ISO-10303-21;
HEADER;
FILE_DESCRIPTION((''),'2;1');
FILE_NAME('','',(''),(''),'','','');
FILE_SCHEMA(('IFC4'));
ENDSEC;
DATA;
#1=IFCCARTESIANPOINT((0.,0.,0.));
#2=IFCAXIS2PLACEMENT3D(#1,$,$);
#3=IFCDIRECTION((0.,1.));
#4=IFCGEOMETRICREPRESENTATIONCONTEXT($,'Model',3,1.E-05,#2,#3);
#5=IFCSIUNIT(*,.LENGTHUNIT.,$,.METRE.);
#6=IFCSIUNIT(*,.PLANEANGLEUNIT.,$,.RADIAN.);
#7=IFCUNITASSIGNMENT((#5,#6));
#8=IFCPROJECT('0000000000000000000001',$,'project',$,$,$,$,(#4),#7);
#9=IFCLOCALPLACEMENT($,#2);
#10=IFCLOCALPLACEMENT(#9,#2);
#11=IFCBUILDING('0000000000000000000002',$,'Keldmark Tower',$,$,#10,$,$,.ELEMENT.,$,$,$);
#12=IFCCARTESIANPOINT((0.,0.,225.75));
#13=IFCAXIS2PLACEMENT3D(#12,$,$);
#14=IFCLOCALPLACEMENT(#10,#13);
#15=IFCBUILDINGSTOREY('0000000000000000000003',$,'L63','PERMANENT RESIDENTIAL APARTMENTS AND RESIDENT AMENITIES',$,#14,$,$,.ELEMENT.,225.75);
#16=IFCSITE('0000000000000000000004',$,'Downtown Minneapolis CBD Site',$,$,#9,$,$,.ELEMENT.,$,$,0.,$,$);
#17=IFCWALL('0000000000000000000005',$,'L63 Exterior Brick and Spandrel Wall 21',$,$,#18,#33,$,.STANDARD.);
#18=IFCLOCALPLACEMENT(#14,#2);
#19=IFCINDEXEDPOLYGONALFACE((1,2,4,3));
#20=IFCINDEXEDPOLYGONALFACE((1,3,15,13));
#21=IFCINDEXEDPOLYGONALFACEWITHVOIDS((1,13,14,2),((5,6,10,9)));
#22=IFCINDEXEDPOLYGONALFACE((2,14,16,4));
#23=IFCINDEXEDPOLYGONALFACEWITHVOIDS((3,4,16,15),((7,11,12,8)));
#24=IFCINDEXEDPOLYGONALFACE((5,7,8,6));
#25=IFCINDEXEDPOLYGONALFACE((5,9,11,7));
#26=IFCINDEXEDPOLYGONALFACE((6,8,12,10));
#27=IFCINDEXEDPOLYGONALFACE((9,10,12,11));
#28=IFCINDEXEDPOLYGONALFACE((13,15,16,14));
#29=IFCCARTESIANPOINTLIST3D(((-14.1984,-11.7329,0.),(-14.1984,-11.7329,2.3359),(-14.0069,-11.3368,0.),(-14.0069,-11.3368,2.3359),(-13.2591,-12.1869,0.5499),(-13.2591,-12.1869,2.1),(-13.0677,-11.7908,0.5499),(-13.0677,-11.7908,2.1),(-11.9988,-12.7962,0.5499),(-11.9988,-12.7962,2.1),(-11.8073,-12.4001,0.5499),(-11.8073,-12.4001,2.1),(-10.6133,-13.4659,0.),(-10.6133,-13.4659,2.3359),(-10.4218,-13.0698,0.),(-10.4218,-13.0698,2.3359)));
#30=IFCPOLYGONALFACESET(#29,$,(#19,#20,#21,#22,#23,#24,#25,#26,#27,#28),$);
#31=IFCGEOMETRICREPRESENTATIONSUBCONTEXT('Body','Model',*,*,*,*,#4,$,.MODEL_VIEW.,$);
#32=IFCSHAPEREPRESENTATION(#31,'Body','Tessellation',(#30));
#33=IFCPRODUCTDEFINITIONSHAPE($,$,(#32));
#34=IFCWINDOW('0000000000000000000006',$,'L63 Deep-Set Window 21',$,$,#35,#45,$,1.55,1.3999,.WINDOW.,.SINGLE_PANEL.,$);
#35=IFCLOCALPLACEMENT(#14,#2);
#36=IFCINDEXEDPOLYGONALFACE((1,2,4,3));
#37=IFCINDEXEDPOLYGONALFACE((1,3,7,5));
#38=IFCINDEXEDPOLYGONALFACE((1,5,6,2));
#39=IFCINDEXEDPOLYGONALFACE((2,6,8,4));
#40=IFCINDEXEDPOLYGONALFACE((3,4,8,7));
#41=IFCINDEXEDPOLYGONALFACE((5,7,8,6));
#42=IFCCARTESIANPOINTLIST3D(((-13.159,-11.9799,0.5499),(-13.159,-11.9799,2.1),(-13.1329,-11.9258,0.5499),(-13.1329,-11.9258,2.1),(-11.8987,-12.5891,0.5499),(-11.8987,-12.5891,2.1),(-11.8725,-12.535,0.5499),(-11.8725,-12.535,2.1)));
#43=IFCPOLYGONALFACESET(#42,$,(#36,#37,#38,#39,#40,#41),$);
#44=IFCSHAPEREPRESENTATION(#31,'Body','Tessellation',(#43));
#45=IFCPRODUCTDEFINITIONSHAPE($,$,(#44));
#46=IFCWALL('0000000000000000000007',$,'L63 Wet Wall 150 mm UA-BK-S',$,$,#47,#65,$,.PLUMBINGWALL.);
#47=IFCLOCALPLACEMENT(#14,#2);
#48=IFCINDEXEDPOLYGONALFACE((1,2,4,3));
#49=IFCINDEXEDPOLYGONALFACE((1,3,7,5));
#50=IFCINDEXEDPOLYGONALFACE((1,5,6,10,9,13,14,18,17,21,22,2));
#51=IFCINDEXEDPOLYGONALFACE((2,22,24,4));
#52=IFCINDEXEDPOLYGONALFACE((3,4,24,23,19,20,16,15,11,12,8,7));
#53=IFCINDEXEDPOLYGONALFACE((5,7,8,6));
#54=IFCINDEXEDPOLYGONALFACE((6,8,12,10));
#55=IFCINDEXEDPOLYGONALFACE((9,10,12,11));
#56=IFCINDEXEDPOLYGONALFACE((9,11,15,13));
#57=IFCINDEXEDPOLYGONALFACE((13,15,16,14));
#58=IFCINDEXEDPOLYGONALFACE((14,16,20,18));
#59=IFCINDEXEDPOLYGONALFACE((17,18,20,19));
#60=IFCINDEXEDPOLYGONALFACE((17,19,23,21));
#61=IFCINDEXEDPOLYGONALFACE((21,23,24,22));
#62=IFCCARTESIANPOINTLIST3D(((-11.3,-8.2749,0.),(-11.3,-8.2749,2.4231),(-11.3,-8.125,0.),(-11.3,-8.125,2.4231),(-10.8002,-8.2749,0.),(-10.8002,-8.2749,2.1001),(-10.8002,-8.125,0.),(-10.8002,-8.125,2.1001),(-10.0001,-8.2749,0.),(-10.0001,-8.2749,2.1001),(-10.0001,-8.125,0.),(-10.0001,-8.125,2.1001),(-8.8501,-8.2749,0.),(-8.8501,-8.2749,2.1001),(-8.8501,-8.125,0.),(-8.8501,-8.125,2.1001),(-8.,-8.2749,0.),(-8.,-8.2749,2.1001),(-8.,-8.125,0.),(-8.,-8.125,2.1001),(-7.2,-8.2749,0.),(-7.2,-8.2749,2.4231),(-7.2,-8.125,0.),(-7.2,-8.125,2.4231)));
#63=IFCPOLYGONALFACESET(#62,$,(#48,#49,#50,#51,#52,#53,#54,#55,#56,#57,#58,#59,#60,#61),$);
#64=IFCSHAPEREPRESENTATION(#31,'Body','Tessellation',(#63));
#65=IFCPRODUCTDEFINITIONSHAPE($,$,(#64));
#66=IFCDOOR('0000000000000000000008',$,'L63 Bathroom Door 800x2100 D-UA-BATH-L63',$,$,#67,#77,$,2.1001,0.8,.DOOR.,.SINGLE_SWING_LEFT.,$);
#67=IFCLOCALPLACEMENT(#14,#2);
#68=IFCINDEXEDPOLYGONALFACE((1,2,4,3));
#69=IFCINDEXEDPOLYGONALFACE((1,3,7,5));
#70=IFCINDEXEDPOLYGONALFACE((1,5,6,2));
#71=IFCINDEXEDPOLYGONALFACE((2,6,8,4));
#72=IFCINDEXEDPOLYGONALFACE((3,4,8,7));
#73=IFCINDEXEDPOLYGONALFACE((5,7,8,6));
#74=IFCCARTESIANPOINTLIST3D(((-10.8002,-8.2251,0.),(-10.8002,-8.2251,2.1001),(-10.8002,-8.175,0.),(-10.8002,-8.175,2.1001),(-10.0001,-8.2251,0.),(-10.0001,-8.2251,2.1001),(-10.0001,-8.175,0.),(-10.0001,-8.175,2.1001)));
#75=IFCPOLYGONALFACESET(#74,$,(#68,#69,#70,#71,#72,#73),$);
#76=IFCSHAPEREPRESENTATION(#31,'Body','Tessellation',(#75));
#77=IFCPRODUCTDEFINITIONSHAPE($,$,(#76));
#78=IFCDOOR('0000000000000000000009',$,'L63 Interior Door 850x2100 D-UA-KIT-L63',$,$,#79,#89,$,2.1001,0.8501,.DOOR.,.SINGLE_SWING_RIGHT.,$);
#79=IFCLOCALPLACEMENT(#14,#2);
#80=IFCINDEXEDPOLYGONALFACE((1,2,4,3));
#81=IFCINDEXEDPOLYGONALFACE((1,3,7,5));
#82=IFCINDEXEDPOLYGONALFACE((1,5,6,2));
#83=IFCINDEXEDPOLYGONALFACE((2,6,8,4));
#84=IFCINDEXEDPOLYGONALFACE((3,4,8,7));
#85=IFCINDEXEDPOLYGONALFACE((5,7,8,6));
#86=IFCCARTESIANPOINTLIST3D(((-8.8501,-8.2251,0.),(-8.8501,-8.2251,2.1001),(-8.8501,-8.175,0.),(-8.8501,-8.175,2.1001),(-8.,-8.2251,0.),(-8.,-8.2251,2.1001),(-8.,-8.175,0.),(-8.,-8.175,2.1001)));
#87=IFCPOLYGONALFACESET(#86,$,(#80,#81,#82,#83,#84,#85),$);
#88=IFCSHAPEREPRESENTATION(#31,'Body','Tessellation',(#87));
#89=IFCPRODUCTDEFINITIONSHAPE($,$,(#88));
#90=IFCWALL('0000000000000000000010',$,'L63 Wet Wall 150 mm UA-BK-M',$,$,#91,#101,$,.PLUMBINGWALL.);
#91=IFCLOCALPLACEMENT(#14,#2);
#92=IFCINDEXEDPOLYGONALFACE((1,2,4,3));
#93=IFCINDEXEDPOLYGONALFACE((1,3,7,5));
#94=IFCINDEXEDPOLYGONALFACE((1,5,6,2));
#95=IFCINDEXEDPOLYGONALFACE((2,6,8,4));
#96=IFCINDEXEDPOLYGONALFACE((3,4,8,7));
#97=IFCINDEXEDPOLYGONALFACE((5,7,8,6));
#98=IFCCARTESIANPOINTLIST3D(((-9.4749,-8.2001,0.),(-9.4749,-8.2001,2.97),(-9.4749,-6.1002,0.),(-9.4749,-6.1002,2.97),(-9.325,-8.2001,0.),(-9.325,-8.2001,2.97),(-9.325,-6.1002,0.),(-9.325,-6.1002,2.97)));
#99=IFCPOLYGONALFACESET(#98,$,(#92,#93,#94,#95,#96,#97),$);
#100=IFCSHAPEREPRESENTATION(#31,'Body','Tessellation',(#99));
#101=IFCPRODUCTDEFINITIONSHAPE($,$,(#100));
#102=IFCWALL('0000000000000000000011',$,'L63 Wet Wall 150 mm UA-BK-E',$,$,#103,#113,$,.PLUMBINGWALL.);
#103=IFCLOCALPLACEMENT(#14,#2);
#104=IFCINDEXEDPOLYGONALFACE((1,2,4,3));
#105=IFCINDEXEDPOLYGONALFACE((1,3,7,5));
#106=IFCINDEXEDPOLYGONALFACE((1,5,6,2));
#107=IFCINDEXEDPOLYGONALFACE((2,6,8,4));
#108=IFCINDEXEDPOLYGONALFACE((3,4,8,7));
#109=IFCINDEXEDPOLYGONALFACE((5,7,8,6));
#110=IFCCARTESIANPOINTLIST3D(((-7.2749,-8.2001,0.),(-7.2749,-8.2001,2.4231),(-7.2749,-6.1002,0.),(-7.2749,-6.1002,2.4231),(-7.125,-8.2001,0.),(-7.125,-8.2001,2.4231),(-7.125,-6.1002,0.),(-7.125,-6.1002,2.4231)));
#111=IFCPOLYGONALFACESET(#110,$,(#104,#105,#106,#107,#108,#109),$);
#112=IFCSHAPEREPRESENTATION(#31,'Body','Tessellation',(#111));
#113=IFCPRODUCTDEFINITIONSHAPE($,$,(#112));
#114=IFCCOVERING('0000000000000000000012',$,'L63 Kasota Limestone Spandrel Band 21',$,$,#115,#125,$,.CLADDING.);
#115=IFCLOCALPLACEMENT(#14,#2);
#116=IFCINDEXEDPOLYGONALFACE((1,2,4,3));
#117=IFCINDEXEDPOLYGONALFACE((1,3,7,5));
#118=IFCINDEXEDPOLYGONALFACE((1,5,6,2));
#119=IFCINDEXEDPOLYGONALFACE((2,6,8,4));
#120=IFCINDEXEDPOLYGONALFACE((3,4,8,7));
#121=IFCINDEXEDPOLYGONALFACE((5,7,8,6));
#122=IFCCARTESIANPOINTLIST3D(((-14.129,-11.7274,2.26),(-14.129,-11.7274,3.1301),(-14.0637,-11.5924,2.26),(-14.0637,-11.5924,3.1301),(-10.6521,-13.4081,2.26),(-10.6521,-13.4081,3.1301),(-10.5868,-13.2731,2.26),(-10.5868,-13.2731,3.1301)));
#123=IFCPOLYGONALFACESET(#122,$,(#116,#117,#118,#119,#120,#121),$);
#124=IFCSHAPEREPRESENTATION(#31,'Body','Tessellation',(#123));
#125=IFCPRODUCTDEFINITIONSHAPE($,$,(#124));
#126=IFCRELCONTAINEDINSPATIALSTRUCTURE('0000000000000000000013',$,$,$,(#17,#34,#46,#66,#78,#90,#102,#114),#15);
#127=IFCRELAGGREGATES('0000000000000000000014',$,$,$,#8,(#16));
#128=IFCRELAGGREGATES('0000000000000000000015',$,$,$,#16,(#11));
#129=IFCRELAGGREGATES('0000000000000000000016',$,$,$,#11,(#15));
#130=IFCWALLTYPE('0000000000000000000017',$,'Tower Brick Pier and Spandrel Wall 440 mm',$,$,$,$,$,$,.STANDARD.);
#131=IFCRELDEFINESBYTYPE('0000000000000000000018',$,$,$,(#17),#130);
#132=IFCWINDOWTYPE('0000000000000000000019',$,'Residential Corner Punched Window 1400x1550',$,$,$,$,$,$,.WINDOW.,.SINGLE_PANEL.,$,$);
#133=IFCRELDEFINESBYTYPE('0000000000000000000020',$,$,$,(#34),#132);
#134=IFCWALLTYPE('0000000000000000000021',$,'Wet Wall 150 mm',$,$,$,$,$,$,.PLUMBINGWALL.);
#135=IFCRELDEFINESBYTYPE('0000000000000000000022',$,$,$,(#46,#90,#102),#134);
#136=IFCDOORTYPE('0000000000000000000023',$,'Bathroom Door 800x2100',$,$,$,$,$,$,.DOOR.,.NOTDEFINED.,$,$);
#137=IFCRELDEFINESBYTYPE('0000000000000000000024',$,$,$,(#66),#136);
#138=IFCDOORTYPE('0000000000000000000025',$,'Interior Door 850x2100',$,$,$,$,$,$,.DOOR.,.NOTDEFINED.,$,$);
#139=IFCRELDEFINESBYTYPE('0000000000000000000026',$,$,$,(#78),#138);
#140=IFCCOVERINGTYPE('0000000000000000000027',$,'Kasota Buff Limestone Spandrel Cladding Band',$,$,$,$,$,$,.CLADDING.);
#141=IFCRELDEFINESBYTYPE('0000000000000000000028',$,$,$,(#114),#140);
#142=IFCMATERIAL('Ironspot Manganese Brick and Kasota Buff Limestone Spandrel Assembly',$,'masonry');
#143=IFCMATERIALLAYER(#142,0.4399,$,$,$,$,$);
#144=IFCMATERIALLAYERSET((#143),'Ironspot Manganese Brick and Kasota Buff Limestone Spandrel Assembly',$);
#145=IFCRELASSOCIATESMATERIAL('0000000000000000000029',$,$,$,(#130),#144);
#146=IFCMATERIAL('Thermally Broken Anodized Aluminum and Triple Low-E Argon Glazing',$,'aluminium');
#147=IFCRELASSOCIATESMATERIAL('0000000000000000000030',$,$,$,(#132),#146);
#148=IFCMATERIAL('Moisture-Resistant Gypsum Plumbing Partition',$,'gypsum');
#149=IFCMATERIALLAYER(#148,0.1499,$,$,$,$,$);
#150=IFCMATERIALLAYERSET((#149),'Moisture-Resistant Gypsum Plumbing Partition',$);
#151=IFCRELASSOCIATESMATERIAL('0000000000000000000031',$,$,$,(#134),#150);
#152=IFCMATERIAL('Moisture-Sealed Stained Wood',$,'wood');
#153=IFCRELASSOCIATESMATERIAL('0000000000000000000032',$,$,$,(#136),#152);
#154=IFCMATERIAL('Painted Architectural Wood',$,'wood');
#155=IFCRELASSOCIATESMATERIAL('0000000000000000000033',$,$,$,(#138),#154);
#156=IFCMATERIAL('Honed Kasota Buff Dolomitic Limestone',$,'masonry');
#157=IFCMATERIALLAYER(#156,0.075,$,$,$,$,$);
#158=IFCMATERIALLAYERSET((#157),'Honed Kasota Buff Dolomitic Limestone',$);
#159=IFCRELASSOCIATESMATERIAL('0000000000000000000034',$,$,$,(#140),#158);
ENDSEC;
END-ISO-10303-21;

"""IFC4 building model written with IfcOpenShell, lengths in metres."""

from ifc_helpers import new_model, si_unit, direction, frame, frame_2d, origin, origin_2d, place, context, subcontext, project, spatial, rectangle, extrude, material, layer, layer_set, type_object, element, fill, save


model = new_model("IFC4")

# Units and contexts
model_context = context("Model", 3, precision=1e-05, world=origin(), true_north=direction((0.0, 1.0)))
body_context = subcontext(model_context, "Body", "Model", "MODEL_VIEW")
ifc_project = project(units=[si_unit("LENGTHUNIT", "METRE"), si_unit("PLANEANGLEUNIT", "RADIAN")], contexts=[model_context])

# Site, building, storey
site_placement = place(None, origin())
site = spatial("IfcSite", under=ifc_project, at=site_placement, Name="Downtown Minneapolis CBD Site", CompositionType="ELEMENT", RefElevation=0.0)
building_placement = place(site_placement, origin())
building = spatial("IfcBuilding", under=site, at=building_placement, Name="Keldmark Tower", CompositionType="ELEMENT")
storey_placement = place(building_placement, frame((0.0, 0.0, 225.75)))
storey = spatial("IfcBuildingStorey", under=building, at=storey_placement, Name="L63", Description="PERMANENT RESIDENTIAL APARTMENTS AND RESIDENT AMENITIES", CompositionType="ELEMENT", Elevation=225.75)

# Wall, opening, window
ifc_material_1 = material(Name="Ironspot Manganese Brick and Kasota Buff Limestone Spandrel Assembly", Category="masonry")
ifc_layer_1 = layer(ifc_material_1, 0.4399)
ifc_layer_set_1 = layer_set([ifc_layer_1], Name="Ironspot Manganese Brick and Kasota Buff Limestone Spandrel Assembly")
wall_type_1 = type_object("IfcWallType", Name="Tower Brick Pier and Spandrel Wall 440 mm", PredefinedType="STANDARD", material=ifc_layer_set_1)
wall_1_placement = place(storey_placement, frame((-10.5176, -13.2678, 0.0), z_axis=(0.0, 0.0, 1.0), x_axis=(-0.900331, 0.435205, 0.0)))
wall_1 = element("IfcWall", 1, at=wall_1_placement, inside=storey, type_object=wall_type_1, Name="L63 Exterior Brick and Spandrel Wall 21", PredefinedType="STANDARD", context=body_context, shape_type="SweptSolid", body=[
    extrude(rectangle(XDim=3.9819, YDim=0.4399, at=frame_2d((1.991, 0.0))), origin(), (0.0, 0.0, 1.0), 2.3359),
])
opening_1_placement = place(wall_1_placement, frame((1.5388, 0.0, 0.55)))
opening_1 = element("IfcOpeningElement", 2, at=opening_1_placement, cuts=wall_1, PredefinedType="OPENING", context=body_context, shape_type="SweptSolid", body=[
    extrude(rectangle(XDim=1.3999, YDim=1.55, at=frame_2d((0.7, 0.7749))), frame((0.0, 0.23, 0.0), z_axis=(0.0, -1.0, 0.0), x_axis=(1.0, 0.0, 0.0)), (0.0, 0.0, 1.0), 0.46),
])
ifc_material_2 = material(Name="Thermally Broken Anodized Aluminum and Triple Low-E Argon Glazing", Category="aluminium")
window_type = type_object("IfcWindowType", Name="Residential Corner Punched Window 1400x1550", PartitioningType="SINGLE_PANEL", PredefinedType="WINDOW", material=ifc_material_2)
window_placement = place(opening_1_placement, origin())
window = element("IfcWindow", 3, at=window_placement, inside=storey, type_object=window_type, Name="L63 Deep-Set Window 21", OverallHeight=1.55, OverallWidth=1.3999, PartitioningType="SINGLE_PANEL", PredefinedType="WINDOW", context=body_context, shape_type="SweptSolid", body=[
    extrude(rectangle(XDim=1.3999, YDim=1.55, at=frame_2d((0.7, 0.7749))), frame((0.0, -0.01, 0.0), z_axis=(0.0, -1.0, 0.0), x_axis=(1.0, 0.0, 0.0)), (0.0, 0.0, 1.0), 0.0601),
])
fill(opening_1, window)

# Wall, openings, doors
ifc_material_3 = material(Name="Moisture-Resistant Gypsum Plumbing Partition", Category="gypsum")
ifc_layer_2 = layer(ifc_material_3, 0.1499)
ifc_layer_set_2 = layer_set([ifc_layer_2], Name="Moisture-Resistant Gypsum Plumbing Partition")
wall_type_2 = type_object("IfcWallType", Name="Wet Wall 150 mm", PredefinedType="PLUMBINGWALL", material=ifc_layer_set_2)
wall_2_placement = place(storey_placement, frame((-11.3, -8.2, 0.0), z_axis=(0.0, 0.0, 1.0), x_axis=(1.0, 0.0, 0.0)))
wall_2 = element("IfcWall", 4, at=wall_2_placement, inside=storey, type_object=wall_type_2, Name="L63 Wet Wall 150 mm UA-BK-S", PredefinedType="PLUMBINGWALL", context=body_context, shape_type="SweptSolid", body=[
    extrude(rectangle(XDim=4.1001, YDim=0.1499, at=frame_2d((2.05, 0.0))), origin(), (0.0, 0.0, 1.0), 2.4231),
])
opening_2_placement = place(wall_2_placement, frame((0.5, 0.0, 0.0)))
opening_2 = element("IfcOpeningElement", 5, at=opening_2_placement, cuts=wall_2, PredefinedType="OPENING", context=body_context, shape_type="SweptSolid", body=[
    extrude(rectangle(XDim=0.8, YDim=2.1001, at=frame_2d((0.3999, 1.05))), frame((0.0, 0.085, 0.0), z_axis=(0.0, -1.0, 0.0), x_axis=(1.0, 0.0, 0.0)), (0.0, 0.0, 1.0), 0.1699),
])
opening_3_placement = place(wall_2_placement, frame((2.45, 0.0, 0.0)))
opening_3 = element("IfcOpeningElement", 6, at=opening_3_placement, cuts=wall_2, PredefinedType="OPENING", context=body_context, shape_type="SweptSolid", body=[
    extrude(rectangle(XDim=0.8501, YDim=2.1001, at=frame_2d((0.425, 1.05))), frame((0.0, 0.085, 0.0), z_axis=(0.0, -1.0, 0.0), x_axis=(1.0, 0.0, 0.0)), (0.0, 0.0, 1.0), 0.1699),
])
ifc_material_4 = material(Name="Moisture-Sealed Stained Wood", Category="wood")
door_type_1 = type_object("IfcDoorType", Name="Bathroom Door 800x2100", OperationType="NOTDEFINED", PredefinedType="DOOR", material=ifc_material_4)
door_1_placement = place(opening_2_placement, origin())
door_1 = element("IfcDoor", 7, at=door_1_placement, inside=storey, type_object=door_type_1, Name="L63 Bathroom Door 800x2100 D-UA-BATH-L63", OperationType="SINGLE_SWING_LEFT", OverallHeight=2.1001, OverallWidth=0.8, PredefinedType="DOOR", context=body_context, shape_type="SweptSolid", body=[
    extrude(rectangle(XDim=0.8, YDim=2.1001, at=frame_2d((0.3999, 1.05))), frame((0.0, 0.0249, 0.0), z_axis=(0.0, -1.0, 0.0), x_axis=(1.0, 0.0, 0.0)), (0.0, 0.0, 1.0), 0.05),
])
fill(opening_2, door_1)
ifc_material_5 = material(Name="Painted Architectural Wood", Category="wood")
door_type_2 = type_object("IfcDoorType", Name="Interior Door 850x2100", OperationType="NOTDEFINED", PredefinedType="DOOR", material=ifc_material_5)
door_2_placement = place(opening_3_placement, origin())
door_2 = element("IfcDoor", 8, at=door_2_placement, inside=storey, type_object=door_type_2, Name="L63 Interior Door 850x2100 D-UA-KIT-L63", OperationType="SINGLE_SWING_RIGHT", OverallHeight=2.1001, OverallWidth=0.8501, PredefinedType="DOOR", context=body_context, shape_type="SweptSolid", body=[
    extrude(rectangle(XDim=0.8501, YDim=2.1001, at=frame_2d((0.425, 1.05))), frame((0.0, 0.0249, 0.0), z_axis=(0.0, -1.0, 0.0), x_axis=(1.0, 0.0, 0.0)), (0.0, 0.0, 1.0), 0.05),
])
fill(opening_3, door_2)

# Walls
wall_3_placement = place(storey_placement, frame((-9.3999, -8.2, 0.0), z_axis=(0.0, 0.0, 1.0), x_axis=(0.0, 1.0, 0.0)))
element("IfcWall", 9, at=wall_3_placement, inside=storey, type_object=wall_type_2, Name="L63 Wet Wall 150 mm UA-BK-M", PredefinedType="PLUMBINGWALL", context=body_context, shape_type="SweptSolid", body=[
    extrude(rectangle(XDim=2.0999, YDim=0.1499, at=frame_2d((1.0498, 0.0))), origin(), (0.0, 0.0, 1.0), 2.97),
])
wall_4_placement = place(storey_placement, frame((-7.2, -8.2, 0.0), z_axis=(0.0, 0.0, 1.0), x_axis=(0.0, 1.0, 0.0)))
element("IfcWall", 10, at=wall_4_placement, inside=storey, type_object=wall_type_2, Name="L63 Wet Wall 150 mm UA-BK-E", PredefinedType="PLUMBINGWALL", context=body_context, shape_type="SweptSolid", body=[
    extrude(rectangle(XDim=2.0999, YDim=0.1499, at=frame_2d((1.0498, 0.0))), origin(), (0.0, 0.0, 1.0), 2.4231),
])

# Covering
ifc_material_6 = material(Name="Honed Kasota Buff Dolomitic Limestone", Category="masonry")
ifc_layer_3 = layer(ifc_material_6, 0.075)
ifc_layer_set_3 = layer_set([ifc_layer_3], Name="Honed Kasota Buff Dolomitic Limestone")
covering_type = type_object("IfcCoveringType", Name="Kasota Buff Limestone Spandrel Cladding Band", PredefinedType="CLADDING", material=ifc_layer_set_3)
covering_placement = place(storey_placement, frame((-12.3579, -12.5002, 2.26), z_axis=(0.0, 0.0, 1.0), x_axis=(0.900326, -0.435215, 0.0)))
element("IfcCovering", 11, at=covering_placement, inside=storey, type_object=covering_type, Name="L63 Kasota Limestone Spandrel Band 21", PredefinedType="CLADDING", context=body_context, shape_type="SweptSolid", body=[
    extrude(rectangle(XDim=3.8618, YDim=0.1499, at=origin_2d()), origin(), (0.0, 0.0, 1.0), 0.8701),
])

save(model, "model.ifc")
